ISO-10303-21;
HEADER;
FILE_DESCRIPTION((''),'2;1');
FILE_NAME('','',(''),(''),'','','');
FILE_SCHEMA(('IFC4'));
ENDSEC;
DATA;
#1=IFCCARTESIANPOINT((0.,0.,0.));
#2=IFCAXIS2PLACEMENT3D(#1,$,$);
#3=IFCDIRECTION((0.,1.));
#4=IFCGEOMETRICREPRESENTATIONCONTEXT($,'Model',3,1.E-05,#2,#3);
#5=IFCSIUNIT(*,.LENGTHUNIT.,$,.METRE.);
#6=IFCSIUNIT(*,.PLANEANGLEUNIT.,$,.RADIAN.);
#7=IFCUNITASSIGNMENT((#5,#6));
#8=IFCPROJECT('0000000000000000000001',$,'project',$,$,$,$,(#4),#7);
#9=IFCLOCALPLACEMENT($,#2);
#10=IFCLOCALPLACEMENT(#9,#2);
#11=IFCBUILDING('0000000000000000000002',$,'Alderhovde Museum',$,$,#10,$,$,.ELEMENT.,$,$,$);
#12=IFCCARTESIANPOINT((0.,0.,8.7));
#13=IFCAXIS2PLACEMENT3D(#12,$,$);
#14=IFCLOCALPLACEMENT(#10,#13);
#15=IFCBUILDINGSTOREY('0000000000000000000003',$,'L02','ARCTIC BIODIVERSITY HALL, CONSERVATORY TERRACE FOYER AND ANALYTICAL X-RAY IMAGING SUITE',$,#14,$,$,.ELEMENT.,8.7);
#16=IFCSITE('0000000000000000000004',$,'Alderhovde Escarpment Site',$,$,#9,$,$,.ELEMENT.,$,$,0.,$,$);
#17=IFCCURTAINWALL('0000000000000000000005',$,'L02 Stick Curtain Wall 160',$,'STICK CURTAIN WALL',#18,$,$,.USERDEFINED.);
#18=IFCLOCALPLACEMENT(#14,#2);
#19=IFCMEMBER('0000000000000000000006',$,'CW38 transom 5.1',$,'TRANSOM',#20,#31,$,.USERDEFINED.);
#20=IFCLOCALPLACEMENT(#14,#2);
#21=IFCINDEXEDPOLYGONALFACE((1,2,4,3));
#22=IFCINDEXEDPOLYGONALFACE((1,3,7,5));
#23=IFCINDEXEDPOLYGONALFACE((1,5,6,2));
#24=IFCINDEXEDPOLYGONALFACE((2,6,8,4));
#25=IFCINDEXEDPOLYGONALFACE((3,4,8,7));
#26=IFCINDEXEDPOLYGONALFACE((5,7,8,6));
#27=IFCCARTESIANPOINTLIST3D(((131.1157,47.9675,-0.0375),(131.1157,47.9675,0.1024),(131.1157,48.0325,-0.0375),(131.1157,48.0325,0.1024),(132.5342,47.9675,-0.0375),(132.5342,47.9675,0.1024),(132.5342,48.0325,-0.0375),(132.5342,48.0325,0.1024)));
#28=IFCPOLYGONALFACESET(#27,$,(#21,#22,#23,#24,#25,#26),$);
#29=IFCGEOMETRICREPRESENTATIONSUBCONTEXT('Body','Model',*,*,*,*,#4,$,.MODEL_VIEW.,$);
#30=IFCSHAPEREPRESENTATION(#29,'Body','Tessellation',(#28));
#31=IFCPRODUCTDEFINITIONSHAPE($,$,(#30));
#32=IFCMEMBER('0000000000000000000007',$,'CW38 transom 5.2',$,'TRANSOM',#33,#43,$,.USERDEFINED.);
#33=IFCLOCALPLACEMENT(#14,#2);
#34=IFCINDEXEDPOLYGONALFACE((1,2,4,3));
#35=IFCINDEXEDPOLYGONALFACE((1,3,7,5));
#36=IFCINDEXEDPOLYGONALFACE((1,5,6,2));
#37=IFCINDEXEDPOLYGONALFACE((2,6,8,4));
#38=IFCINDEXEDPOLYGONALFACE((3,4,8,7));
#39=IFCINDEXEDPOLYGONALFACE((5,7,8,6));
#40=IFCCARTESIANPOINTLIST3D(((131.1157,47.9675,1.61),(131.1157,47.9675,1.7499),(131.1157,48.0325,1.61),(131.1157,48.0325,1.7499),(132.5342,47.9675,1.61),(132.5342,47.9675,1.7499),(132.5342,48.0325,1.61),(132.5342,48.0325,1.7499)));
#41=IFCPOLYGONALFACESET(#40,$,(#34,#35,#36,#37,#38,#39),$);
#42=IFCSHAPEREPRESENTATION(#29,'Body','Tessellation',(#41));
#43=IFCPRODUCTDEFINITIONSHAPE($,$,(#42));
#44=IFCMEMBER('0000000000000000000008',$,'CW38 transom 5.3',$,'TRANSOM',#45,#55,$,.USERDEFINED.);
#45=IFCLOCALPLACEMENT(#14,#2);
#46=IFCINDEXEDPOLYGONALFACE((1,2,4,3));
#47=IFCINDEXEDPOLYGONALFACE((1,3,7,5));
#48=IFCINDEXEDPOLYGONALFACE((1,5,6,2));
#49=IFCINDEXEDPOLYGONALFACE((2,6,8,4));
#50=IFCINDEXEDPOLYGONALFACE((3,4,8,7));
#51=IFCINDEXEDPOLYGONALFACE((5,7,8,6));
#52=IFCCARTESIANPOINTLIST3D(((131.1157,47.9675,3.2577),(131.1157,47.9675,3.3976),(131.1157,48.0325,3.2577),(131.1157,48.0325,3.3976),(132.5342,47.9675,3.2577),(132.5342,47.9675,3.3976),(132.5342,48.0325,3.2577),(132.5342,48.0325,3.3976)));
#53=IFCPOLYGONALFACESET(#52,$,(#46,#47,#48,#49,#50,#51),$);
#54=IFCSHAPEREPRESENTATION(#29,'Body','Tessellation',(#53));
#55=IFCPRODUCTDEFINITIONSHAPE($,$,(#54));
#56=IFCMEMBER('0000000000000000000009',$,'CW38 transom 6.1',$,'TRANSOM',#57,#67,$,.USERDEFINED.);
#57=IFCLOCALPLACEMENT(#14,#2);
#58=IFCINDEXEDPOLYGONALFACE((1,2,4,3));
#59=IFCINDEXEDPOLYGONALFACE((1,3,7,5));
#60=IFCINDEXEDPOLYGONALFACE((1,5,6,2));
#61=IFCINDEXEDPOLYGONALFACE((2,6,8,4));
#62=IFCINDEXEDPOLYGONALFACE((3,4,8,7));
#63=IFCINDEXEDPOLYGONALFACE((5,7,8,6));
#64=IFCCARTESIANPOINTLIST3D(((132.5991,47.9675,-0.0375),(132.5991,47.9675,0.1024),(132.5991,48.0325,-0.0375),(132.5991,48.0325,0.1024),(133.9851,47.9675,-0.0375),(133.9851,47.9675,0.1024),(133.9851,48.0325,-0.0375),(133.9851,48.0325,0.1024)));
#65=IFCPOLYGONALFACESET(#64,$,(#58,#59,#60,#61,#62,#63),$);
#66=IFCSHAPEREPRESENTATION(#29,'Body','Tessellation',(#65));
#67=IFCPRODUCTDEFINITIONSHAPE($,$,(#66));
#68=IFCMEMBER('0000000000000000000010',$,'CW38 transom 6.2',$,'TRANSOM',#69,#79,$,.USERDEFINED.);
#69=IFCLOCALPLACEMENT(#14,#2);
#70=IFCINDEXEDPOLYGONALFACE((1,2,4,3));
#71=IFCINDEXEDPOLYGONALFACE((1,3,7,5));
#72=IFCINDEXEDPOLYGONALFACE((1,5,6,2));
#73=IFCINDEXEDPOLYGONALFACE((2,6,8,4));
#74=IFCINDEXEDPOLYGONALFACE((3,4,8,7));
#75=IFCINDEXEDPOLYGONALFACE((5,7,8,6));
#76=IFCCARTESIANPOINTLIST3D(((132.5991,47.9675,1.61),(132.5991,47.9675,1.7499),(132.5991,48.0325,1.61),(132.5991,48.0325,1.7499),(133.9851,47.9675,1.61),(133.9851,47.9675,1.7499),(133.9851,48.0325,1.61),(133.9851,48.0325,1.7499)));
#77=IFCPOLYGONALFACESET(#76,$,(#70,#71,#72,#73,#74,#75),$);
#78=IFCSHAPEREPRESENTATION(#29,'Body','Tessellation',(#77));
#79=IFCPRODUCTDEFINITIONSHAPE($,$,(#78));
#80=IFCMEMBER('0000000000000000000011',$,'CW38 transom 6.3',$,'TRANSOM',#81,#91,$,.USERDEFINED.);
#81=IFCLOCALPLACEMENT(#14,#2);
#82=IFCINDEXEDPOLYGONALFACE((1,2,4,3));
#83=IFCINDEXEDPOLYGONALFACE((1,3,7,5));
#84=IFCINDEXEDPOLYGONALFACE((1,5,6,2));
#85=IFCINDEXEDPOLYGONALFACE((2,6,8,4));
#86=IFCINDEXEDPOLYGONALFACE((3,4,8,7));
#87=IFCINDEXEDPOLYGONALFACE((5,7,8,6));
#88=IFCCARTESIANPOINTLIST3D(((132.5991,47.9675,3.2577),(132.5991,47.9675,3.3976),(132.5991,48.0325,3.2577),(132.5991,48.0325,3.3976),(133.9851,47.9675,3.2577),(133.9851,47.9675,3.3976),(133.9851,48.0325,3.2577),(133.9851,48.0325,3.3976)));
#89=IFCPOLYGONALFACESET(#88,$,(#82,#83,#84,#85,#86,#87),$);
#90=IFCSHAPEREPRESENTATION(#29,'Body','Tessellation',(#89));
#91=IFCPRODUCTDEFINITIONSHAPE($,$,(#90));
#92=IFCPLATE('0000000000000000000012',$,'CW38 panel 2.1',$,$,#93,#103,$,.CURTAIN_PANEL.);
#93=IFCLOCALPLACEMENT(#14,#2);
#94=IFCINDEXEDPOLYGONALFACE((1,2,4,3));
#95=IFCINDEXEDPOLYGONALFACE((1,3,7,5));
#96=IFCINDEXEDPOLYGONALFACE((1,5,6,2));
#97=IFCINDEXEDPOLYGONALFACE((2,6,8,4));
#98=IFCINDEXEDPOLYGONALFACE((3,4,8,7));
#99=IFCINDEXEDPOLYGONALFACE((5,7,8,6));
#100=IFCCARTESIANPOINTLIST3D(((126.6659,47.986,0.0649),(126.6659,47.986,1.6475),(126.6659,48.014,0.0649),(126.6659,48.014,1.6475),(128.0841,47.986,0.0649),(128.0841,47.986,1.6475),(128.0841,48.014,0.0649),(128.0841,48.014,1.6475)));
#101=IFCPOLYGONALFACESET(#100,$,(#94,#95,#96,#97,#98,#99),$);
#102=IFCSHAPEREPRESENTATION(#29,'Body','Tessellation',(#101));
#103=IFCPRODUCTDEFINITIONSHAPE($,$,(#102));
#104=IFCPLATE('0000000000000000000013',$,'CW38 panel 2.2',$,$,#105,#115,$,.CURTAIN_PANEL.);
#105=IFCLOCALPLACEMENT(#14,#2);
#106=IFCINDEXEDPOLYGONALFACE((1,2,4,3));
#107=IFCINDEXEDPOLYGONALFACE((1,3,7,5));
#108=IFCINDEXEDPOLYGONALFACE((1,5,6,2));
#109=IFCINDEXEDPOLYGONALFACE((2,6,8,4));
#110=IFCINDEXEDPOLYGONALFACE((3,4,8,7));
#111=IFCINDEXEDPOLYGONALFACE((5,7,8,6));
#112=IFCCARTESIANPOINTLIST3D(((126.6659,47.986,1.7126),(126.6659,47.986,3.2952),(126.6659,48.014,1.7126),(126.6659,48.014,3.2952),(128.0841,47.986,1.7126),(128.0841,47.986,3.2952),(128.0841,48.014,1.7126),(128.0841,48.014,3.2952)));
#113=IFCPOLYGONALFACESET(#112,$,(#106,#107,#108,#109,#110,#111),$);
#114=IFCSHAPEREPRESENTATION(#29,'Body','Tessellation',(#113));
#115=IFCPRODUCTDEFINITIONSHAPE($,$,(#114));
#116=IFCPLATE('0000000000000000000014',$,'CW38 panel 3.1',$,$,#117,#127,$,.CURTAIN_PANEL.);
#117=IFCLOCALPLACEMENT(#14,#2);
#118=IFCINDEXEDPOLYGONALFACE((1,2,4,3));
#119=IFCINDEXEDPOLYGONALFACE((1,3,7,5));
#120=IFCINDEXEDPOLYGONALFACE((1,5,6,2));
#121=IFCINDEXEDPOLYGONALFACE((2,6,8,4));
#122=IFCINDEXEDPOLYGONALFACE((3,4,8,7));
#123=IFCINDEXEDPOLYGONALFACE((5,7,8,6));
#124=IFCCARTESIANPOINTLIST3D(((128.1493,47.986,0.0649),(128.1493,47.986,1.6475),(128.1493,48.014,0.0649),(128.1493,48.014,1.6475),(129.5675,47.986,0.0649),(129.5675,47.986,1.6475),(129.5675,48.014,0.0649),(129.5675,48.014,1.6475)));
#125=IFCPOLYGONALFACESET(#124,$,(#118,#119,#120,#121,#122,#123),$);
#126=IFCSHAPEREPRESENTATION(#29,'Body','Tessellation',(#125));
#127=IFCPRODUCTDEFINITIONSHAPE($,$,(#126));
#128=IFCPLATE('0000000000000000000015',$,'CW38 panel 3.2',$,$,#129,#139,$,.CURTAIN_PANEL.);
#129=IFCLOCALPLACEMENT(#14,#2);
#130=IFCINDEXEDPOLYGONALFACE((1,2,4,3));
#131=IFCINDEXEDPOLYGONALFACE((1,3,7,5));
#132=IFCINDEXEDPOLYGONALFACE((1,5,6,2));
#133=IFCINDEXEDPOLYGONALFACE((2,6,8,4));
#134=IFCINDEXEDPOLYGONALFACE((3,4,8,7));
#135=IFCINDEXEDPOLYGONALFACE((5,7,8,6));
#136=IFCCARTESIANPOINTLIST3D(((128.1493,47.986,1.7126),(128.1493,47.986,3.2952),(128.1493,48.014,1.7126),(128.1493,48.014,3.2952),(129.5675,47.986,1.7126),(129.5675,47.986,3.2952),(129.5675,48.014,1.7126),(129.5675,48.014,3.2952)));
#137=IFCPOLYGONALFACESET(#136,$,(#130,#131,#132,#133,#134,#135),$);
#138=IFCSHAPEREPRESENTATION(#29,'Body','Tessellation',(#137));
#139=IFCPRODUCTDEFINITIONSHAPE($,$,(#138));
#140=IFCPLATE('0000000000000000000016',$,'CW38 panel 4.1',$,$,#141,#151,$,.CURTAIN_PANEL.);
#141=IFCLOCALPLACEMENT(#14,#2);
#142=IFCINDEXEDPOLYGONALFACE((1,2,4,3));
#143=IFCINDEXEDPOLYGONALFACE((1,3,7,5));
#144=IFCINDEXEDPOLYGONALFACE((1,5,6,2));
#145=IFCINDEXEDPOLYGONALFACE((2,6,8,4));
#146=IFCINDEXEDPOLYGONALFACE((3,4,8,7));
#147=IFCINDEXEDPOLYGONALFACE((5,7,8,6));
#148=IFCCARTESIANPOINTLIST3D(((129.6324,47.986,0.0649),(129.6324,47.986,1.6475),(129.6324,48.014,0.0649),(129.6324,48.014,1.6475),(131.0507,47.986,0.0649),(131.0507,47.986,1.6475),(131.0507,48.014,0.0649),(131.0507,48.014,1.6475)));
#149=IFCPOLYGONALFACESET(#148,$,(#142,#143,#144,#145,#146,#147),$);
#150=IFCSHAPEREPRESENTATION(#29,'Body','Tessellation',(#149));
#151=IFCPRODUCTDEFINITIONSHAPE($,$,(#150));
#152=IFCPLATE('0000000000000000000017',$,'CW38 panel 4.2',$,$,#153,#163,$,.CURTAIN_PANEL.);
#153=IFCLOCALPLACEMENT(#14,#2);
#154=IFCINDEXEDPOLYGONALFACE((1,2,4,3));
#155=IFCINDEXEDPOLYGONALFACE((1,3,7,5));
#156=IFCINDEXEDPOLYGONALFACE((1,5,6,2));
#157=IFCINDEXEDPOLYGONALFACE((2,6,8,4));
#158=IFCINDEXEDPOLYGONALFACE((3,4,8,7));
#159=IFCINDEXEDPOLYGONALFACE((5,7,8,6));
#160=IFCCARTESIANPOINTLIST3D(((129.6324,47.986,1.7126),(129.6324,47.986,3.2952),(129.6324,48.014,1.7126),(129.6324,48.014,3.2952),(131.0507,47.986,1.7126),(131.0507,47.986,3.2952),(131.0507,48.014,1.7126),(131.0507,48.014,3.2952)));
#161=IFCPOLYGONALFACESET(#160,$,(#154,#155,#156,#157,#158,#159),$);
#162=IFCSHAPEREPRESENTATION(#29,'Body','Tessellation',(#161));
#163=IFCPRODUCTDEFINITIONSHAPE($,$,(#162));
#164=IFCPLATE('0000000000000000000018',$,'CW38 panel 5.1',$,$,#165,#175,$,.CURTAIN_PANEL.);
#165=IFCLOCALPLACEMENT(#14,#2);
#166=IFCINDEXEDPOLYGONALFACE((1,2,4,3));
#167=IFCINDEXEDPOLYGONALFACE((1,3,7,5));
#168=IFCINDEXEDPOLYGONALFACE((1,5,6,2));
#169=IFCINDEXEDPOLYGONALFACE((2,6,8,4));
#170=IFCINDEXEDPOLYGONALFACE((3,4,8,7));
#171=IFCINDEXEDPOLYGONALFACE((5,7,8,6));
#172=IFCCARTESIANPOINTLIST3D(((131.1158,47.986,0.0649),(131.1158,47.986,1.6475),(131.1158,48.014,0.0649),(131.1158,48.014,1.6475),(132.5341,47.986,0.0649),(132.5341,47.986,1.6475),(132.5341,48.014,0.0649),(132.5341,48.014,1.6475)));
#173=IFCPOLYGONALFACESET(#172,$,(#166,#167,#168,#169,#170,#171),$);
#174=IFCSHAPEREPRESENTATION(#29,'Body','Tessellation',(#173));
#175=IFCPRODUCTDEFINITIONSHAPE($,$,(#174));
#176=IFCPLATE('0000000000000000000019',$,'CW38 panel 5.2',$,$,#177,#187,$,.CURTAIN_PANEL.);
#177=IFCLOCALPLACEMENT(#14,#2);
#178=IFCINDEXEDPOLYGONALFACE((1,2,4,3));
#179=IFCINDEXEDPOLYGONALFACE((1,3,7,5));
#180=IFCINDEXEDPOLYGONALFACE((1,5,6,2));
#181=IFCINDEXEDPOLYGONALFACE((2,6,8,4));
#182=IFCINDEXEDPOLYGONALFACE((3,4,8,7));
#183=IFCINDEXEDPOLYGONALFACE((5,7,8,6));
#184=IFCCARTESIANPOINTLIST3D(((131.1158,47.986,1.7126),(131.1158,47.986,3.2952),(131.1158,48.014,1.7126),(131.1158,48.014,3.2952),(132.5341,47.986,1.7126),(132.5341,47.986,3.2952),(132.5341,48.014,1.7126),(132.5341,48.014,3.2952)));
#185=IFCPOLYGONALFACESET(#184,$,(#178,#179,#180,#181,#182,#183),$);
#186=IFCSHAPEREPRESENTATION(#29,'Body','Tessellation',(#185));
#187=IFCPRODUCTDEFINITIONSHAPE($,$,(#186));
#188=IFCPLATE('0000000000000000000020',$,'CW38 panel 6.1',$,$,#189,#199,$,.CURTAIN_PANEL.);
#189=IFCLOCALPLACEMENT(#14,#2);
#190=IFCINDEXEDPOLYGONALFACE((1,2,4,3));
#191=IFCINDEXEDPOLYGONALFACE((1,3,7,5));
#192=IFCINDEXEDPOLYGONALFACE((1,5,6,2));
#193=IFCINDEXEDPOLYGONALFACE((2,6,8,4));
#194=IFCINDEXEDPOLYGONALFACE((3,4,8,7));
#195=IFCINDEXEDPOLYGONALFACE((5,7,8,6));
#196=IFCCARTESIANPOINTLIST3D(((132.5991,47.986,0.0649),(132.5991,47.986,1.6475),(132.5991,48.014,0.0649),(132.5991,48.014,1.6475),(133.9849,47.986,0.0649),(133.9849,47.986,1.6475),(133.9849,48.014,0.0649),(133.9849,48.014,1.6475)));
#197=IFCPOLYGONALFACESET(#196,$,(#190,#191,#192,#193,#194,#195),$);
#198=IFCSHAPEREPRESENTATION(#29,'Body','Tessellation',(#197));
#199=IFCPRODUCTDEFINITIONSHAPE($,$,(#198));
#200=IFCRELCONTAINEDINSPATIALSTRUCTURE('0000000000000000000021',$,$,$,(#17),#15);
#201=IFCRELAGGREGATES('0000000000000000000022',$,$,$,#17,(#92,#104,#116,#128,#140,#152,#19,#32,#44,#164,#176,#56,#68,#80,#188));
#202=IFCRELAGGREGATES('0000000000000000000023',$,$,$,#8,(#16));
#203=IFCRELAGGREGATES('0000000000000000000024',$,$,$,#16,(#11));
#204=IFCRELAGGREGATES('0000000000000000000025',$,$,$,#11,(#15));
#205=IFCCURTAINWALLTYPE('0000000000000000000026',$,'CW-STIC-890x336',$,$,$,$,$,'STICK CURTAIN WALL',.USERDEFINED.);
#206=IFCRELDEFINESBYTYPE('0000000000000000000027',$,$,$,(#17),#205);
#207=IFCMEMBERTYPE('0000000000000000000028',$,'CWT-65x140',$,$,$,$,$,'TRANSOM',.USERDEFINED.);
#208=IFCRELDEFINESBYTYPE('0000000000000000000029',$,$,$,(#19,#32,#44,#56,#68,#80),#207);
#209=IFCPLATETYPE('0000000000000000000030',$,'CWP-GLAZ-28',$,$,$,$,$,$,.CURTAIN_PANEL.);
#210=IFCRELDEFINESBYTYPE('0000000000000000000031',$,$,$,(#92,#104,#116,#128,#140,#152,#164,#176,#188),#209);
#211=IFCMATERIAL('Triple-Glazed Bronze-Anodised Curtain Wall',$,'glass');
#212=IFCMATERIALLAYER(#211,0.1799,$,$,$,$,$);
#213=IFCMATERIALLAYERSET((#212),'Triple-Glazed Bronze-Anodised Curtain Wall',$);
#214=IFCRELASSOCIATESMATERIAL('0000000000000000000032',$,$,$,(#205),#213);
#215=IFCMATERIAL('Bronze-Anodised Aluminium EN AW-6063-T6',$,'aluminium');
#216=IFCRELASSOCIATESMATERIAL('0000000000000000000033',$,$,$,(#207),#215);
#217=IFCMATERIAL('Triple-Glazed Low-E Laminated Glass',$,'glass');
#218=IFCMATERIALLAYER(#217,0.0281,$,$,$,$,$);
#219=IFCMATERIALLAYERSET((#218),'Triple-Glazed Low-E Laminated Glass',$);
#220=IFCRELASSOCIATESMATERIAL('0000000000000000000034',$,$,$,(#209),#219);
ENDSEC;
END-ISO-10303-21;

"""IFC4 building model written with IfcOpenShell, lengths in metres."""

from ifc_helpers import new_model, si_unit, direction, frame, origin, origin_2d, place, context, subcontext, project, spatial, rectangle, extrude, material, layer, layer_set, material_profile, profile_set, type_object, element, aggregate, save


model = new_model("IFC4")

# Units and contexts
model_context = context("Model", 3, precision=1e-05, world=origin(), true_north=direction((0.0, 1.0)))
body_context = subcontext(model_context, "Body", "Model", "MODEL_VIEW")
ifc_project = project(units=[si_unit("LENGTHUNIT", "METRE"), si_unit("PLANEANGLEUNIT", "RADIAN")], contexts=[model_context])

# Site, building, storey
site_placement = place(None, origin())
site = spatial("IfcSite", under=ifc_project, at=site_placement, Name="Alderhovde Escarpment Site", CompositionType="ELEMENT", RefElevation=0.0)
building_placement = place(site_placement, origin())
building = spatial("IfcBuilding", under=site, at=building_placement, Name="Alderhovde Museum", CompositionType="ELEMENT")
storey_placement = place(building_placement, frame((0.0, 0.0, 8.7)))
storey = spatial("IfcBuildingStorey", under=building, at=storey_placement, Name="L02", Description="ARCTIC BIODIVERSITY HALL, CONSERVATORY TERRACE FOYER AND ANALYTICAL X-RAY IMAGING SUITE", CompositionType="ELEMENT", Elevation=8.7)

# Curtain wall, members, plates
ifc_material_1 = material(Name="Triple-Glazed Bronze-Anodised Curtain Wall", Category="glass")
ifc_layer_1 = layer(ifc_material_1, 0.1799)
ifc_layer_set_1 = layer_set([ifc_layer_1], Name="Triple-Glazed Bronze-Anodised Curtain Wall")
curtain_wall_type = type_object("IfcCurtainWallType", Name="CW-STIC-890x336", ElementType="STICK CURTAIN WALL", PredefinedType="USERDEFINED", material=ifc_layer_set_1)
curtain_wall_placement = place(storey_placement, origin())
curtain_wall = element("IfcCurtainWall", 1, at=curtain_wall_placement, inside=storey, type_object=curtain_wall_type, Name="L02 Stick Curtain Wall 160", ObjectType="STICK CURTAIN WALL", PredefinedType="USERDEFINED")
ifc_material_2 = material(Name="Bronze-Anodised Aluminium EN AW-6063-T6", Category="aluminium")
ifc_material_profile_1 = material_profile(ifc_material_2, rectangle(XDim=0.0649, YDim=0.1399, at=origin_2d()), Name="TRANSOM 65x140")
ifc_profile_set_1 = profile_set([ifc_material_profile_1], Name="Bronze-Anodised Aluminium EN AW-6063-T6")
member_type_1 = type_object("IfcMemberType", Name="CWT-65x140", ElementType="TRANSOM", PredefinedType="USERDEFINED", material=ifc_profile_set_1)
member_1_placement = place(storey_placement, frame((131.1157, 48.0, 0.0325), z_axis=(1.0, 0.0, 0.0), x_axis=(0.0, 1.0, 0.0)))
member_1 = element("IfcMember", 2, at=member_1_placement, type_object=member_type_1, Name="CW38 transom 5.1", ObjectType="TRANSOM", PredefinedType="USERDEFINED", context=body_context, shape_type="SweptSolid", body=[
    extrude(rectangle(XDim=0.0649, YDim=0.1399, at=origin_2d()), origin(), (0.0, 0.0, 1.0), 1.4185),
])
member_2_placement = place(storey_placement, frame((131.1157, 48.0, 1.6799), z_axis=(1.0, 0.0, 0.0), x_axis=(0.0, 1.0, 0.0)))
member_2 = element("IfcMember", 3, at=member_2_placement, type_object=member_type_1, Name="CW38 transom 5.2", ObjectType="TRANSOM", PredefinedType="USERDEFINED", context=body_context, shape_type="SweptSolid", body=[
    extrude(rectangle(XDim=0.0649, YDim=0.1399, at=origin_2d()), origin(), (0.0, 0.0, 1.0), 1.4185),
])
member_3_placement = place(storey_placement, frame((131.1157, 48.0, 3.3276), z_axis=(1.0, 0.0, 0.0), x_axis=(0.0, 1.0, 0.0)))
member_3 = element("IfcMember", 4, at=member_3_placement, type_object=member_type_1, Name="CW38 transom 5.3", ObjectType="TRANSOM", PredefinedType="USERDEFINED", context=body_context, shape_type="SweptSolid", body=[
    extrude(rectangle(XDim=0.0649, YDim=0.1399, at=origin_2d()), origin(), (0.0, 0.0, 1.0), 1.4185),
])
member_4_placement = place(storey_placement, frame((132.5991, 48.0, 0.0325), z_axis=(1.0, 0.0, 0.0), x_axis=(0.0, 1.0, 0.0)))
member_4 = element("IfcMember", 5, at=member_4_placement, type_object=member_type_1, Name="CW38 transom 6.1", ObjectType="TRANSOM", PredefinedType="USERDEFINED", context=body_context, shape_type="SweptSolid", body=[
    extrude(rectangle(XDim=0.0649, YDim=0.1399, at=origin_2d()), origin(), (0.0, 0.0, 1.0), 1.386),
])
member_5_placement = place(storey_placement, frame((132.5991, 48.0, 1.6799), z_axis=(1.0, 0.0, 0.0), x_axis=(0.0, 1.0, 0.0)))
member_5 = element("IfcMember", 6, at=member_5_placement, type_object=member_type_1, Name="CW38 transom 6.2", ObjectType="TRANSOM", PredefinedType="USERDEFINED", context=body_context, shape_type="SweptSolid", body=[
    extrude(rectangle(XDim=0.0649, YDim=0.1399, at=origin_2d()), origin(), (0.0, 0.0, 1.0), 1.386),
])
member_6_placement = place(storey_placement, frame((132.5991, 48.0, 3.3276), z_axis=(1.0, 0.0, 0.0), x_axis=(0.0, 1.0, 0.0)))
member_6 = element("IfcMember", 7, at=member_6_placement, type_object=member_type_1, Name="CW38 transom 6.3", ObjectType="TRANSOM", PredefinedType="USERDEFINED", context=body_context, shape_type="SweptSolid", body=[
    extrude(rectangle(XDim=0.0649, YDim=0.1399, at=origin_2d()), origin(), (0.0, 0.0, 1.0), 1.386),
])
ifc_material_3 = material(Name="Triple-Glazed Low-E Laminated Glass", Category="glass")
ifc_layer_2 = layer(ifc_material_3, 0.0281)
ifc_layer_set_2 = layer_set([ifc_layer_2], Name="Triple-Glazed Low-E Laminated Glass")
plate_type = type_object("IfcPlateType", Name="CWP-GLAZ-28", PredefinedType="CURTAIN_PANEL", material=ifc_layer_set_2)
plate_1_placement = place(storey_placement, frame((127.375, 48.0, 0.0649), z_axis=(0.0, 0.0, 1.0), x_axis=(1.0, 0.0, 0.0)))
plate_1 = element("IfcPlate", 8, at=plate_1_placement, type_object=plate_type, Name="CW38 panel 2.1", PredefinedType="CURTAIN_PANEL", context=body_context, shape_type="SweptSolid", body=[
    extrude(rectangle(XDim=1.4182, YDim=0.0281, at=origin_2d()), origin(), (0.0, 0.0, 1.0), 1.5825),
])
plate_2_placement = place(storey_placement, frame((127.375, 48.0, 1.7126), z_axis=(0.0, 0.0, 1.0), x_axis=(1.0, 0.0, 0.0)))
plate_2 = element("IfcPlate", 9, at=plate_2_placement, type_object=plate_type, Name="CW38 panel 2.2", PredefinedType="CURTAIN_PANEL", context=body_context, shape_type="SweptSolid", body=[
    extrude(rectangle(XDim=1.4182, YDim=0.0281, at=origin_2d()), origin(), (0.0, 0.0, 1.0), 1.5825),
])
plate_3_placement = place(storey_placement, frame((128.8584, 48.0, 0.0649), z_axis=(0.0, 0.0, 1.0), x_axis=(1.0, 0.0, 0.0)))
plate_3 = element("IfcPlate", 10, at=plate_3_placement, type_object=plate_type, Name="CW38 panel 3.1", PredefinedType="CURTAIN_PANEL", context=body_context, shape_type="SweptSolid", body=[
    extrude(rectangle(XDim=1.4182, YDim=0.0281, at=origin_2d()), origin(), (0.0, 0.0, 1.0), 1.5825),
])
plate_4_placement = place(storey_placement, frame((128.8584, 48.0, 1.7126), z_axis=(0.0, 0.0, 1.0), x_axis=(1.0, 0.0, 0.0)))
plate_4 = element("IfcPlate", 11, at=plate_4_placement, type_object=plate_type, Name="CW38 panel 3.2", PredefinedType="CURTAIN_PANEL", context=body_context, shape_type="SweptSolid", body=[
    extrude(rectangle(XDim=1.4182, YDim=0.0281, at=origin_2d()), origin(), (0.0, 0.0, 1.0), 1.5825),
])
plate_5_placement = place(storey_placement, frame((130.3416, 48.0, 0.0649), z_axis=(0.0, 0.0, 1.0), x_axis=(1.0, 0.0, 0.0)))
plate_5 = element("IfcPlate", 12, at=plate_5_placement, type_object=plate_type, Name="CW38 panel 4.1", PredefinedType="CURTAIN_PANEL", context=body_context, shape_type="SweptSolid", body=[
    extrude(rectangle(XDim=1.4182, YDim=0.0281, at=origin_2d()), origin(), (0.0, 0.0, 1.0), 1.5825),
])
plate_6_placement = place(storey_placement, frame((130.3416, 48.0, 1.7126), z_axis=(0.0, 0.0, 1.0), x_axis=(1.0, 0.0, 0.0)))
plate_6 = element("IfcPlate", 13, at=plate_6_placement, type_object=plate_type, Name="CW38 panel 4.2", PredefinedType="CURTAIN_PANEL", context=body_context, shape_type="SweptSolid", body=[
    extrude(rectangle(XDim=1.4182, YDim=0.0281, at=origin_2d()), origin(), (0.0, 0.0, 1.0), 1.5825),
])
plate_7_placement = place(storey_placement, frame((131.825, 48.0, 0.0649), z_axis=(0.0, 0.0, 1.0), x_axis=(1.0, 0.0, 0.0)))
plate_7 = element("IfcPlate", 14, at=plate_7_placement, type_object=plate_type, Name="CW38 panel 5.1", PredefinedType="CURTAIN_PANEL", context=body_context, shape_type="SweptSolid", body=[
    extrude(rectangle(XDim=1.4182, YDim=0.0281, at=origin_2d()), origin(), (0.0, 0.0, 1.0), 1.5825),
])
plate_8_placement = place(storey_placement, frame((131.825, 48.0, 1.7126), z_axis=(0.0, 0.0, 1.0), x_axis=(1.0, 0.0, 0.0)))
plate_8 = element("IfcPlate", 15, at=plate_8_placement, type_object=plate_type, Name="CW38 panel 5.2", PredefinedType="CURTAIN_PANEL", context=body_context, shape_type="SweptSolid", body=[
    extrude(rectangle(XDim=1.4182, YDim=0.0281, at=origin_2d()), origin(), (0.0, 0.0, 1.0), 1.5825),
])
plate_9_placement = place(storey_placement, frame((133.292, 48.0, 0.0649), z_axis=(0.0, 0.0, 1.0), x_axis=(1.0, 0.0, 0.0)))
plate_9 = element("IfcPlate", 16, at=plate_9_placement, type_object=plate_type, Name="CW38 panel 6.1", PredefinedType="CURTAIN_PANEL", context=body_context, shape_type="SweptSolid", body=[
    extrude(rectangle(XDim=1.3857, YDim=0.0281, at=origin_2d()), origin(), (0.0, 0.0, 1.0), 1.5825),
])
aggregate(curtain_wall, [plate_1, plate_2, plate_3, plate_4, plate_5, plate_6, member_1, member_2, member_3, plate_7, plate_8, member_4, member_5, member_6, plate_9])

save(model, "model.ifc")
